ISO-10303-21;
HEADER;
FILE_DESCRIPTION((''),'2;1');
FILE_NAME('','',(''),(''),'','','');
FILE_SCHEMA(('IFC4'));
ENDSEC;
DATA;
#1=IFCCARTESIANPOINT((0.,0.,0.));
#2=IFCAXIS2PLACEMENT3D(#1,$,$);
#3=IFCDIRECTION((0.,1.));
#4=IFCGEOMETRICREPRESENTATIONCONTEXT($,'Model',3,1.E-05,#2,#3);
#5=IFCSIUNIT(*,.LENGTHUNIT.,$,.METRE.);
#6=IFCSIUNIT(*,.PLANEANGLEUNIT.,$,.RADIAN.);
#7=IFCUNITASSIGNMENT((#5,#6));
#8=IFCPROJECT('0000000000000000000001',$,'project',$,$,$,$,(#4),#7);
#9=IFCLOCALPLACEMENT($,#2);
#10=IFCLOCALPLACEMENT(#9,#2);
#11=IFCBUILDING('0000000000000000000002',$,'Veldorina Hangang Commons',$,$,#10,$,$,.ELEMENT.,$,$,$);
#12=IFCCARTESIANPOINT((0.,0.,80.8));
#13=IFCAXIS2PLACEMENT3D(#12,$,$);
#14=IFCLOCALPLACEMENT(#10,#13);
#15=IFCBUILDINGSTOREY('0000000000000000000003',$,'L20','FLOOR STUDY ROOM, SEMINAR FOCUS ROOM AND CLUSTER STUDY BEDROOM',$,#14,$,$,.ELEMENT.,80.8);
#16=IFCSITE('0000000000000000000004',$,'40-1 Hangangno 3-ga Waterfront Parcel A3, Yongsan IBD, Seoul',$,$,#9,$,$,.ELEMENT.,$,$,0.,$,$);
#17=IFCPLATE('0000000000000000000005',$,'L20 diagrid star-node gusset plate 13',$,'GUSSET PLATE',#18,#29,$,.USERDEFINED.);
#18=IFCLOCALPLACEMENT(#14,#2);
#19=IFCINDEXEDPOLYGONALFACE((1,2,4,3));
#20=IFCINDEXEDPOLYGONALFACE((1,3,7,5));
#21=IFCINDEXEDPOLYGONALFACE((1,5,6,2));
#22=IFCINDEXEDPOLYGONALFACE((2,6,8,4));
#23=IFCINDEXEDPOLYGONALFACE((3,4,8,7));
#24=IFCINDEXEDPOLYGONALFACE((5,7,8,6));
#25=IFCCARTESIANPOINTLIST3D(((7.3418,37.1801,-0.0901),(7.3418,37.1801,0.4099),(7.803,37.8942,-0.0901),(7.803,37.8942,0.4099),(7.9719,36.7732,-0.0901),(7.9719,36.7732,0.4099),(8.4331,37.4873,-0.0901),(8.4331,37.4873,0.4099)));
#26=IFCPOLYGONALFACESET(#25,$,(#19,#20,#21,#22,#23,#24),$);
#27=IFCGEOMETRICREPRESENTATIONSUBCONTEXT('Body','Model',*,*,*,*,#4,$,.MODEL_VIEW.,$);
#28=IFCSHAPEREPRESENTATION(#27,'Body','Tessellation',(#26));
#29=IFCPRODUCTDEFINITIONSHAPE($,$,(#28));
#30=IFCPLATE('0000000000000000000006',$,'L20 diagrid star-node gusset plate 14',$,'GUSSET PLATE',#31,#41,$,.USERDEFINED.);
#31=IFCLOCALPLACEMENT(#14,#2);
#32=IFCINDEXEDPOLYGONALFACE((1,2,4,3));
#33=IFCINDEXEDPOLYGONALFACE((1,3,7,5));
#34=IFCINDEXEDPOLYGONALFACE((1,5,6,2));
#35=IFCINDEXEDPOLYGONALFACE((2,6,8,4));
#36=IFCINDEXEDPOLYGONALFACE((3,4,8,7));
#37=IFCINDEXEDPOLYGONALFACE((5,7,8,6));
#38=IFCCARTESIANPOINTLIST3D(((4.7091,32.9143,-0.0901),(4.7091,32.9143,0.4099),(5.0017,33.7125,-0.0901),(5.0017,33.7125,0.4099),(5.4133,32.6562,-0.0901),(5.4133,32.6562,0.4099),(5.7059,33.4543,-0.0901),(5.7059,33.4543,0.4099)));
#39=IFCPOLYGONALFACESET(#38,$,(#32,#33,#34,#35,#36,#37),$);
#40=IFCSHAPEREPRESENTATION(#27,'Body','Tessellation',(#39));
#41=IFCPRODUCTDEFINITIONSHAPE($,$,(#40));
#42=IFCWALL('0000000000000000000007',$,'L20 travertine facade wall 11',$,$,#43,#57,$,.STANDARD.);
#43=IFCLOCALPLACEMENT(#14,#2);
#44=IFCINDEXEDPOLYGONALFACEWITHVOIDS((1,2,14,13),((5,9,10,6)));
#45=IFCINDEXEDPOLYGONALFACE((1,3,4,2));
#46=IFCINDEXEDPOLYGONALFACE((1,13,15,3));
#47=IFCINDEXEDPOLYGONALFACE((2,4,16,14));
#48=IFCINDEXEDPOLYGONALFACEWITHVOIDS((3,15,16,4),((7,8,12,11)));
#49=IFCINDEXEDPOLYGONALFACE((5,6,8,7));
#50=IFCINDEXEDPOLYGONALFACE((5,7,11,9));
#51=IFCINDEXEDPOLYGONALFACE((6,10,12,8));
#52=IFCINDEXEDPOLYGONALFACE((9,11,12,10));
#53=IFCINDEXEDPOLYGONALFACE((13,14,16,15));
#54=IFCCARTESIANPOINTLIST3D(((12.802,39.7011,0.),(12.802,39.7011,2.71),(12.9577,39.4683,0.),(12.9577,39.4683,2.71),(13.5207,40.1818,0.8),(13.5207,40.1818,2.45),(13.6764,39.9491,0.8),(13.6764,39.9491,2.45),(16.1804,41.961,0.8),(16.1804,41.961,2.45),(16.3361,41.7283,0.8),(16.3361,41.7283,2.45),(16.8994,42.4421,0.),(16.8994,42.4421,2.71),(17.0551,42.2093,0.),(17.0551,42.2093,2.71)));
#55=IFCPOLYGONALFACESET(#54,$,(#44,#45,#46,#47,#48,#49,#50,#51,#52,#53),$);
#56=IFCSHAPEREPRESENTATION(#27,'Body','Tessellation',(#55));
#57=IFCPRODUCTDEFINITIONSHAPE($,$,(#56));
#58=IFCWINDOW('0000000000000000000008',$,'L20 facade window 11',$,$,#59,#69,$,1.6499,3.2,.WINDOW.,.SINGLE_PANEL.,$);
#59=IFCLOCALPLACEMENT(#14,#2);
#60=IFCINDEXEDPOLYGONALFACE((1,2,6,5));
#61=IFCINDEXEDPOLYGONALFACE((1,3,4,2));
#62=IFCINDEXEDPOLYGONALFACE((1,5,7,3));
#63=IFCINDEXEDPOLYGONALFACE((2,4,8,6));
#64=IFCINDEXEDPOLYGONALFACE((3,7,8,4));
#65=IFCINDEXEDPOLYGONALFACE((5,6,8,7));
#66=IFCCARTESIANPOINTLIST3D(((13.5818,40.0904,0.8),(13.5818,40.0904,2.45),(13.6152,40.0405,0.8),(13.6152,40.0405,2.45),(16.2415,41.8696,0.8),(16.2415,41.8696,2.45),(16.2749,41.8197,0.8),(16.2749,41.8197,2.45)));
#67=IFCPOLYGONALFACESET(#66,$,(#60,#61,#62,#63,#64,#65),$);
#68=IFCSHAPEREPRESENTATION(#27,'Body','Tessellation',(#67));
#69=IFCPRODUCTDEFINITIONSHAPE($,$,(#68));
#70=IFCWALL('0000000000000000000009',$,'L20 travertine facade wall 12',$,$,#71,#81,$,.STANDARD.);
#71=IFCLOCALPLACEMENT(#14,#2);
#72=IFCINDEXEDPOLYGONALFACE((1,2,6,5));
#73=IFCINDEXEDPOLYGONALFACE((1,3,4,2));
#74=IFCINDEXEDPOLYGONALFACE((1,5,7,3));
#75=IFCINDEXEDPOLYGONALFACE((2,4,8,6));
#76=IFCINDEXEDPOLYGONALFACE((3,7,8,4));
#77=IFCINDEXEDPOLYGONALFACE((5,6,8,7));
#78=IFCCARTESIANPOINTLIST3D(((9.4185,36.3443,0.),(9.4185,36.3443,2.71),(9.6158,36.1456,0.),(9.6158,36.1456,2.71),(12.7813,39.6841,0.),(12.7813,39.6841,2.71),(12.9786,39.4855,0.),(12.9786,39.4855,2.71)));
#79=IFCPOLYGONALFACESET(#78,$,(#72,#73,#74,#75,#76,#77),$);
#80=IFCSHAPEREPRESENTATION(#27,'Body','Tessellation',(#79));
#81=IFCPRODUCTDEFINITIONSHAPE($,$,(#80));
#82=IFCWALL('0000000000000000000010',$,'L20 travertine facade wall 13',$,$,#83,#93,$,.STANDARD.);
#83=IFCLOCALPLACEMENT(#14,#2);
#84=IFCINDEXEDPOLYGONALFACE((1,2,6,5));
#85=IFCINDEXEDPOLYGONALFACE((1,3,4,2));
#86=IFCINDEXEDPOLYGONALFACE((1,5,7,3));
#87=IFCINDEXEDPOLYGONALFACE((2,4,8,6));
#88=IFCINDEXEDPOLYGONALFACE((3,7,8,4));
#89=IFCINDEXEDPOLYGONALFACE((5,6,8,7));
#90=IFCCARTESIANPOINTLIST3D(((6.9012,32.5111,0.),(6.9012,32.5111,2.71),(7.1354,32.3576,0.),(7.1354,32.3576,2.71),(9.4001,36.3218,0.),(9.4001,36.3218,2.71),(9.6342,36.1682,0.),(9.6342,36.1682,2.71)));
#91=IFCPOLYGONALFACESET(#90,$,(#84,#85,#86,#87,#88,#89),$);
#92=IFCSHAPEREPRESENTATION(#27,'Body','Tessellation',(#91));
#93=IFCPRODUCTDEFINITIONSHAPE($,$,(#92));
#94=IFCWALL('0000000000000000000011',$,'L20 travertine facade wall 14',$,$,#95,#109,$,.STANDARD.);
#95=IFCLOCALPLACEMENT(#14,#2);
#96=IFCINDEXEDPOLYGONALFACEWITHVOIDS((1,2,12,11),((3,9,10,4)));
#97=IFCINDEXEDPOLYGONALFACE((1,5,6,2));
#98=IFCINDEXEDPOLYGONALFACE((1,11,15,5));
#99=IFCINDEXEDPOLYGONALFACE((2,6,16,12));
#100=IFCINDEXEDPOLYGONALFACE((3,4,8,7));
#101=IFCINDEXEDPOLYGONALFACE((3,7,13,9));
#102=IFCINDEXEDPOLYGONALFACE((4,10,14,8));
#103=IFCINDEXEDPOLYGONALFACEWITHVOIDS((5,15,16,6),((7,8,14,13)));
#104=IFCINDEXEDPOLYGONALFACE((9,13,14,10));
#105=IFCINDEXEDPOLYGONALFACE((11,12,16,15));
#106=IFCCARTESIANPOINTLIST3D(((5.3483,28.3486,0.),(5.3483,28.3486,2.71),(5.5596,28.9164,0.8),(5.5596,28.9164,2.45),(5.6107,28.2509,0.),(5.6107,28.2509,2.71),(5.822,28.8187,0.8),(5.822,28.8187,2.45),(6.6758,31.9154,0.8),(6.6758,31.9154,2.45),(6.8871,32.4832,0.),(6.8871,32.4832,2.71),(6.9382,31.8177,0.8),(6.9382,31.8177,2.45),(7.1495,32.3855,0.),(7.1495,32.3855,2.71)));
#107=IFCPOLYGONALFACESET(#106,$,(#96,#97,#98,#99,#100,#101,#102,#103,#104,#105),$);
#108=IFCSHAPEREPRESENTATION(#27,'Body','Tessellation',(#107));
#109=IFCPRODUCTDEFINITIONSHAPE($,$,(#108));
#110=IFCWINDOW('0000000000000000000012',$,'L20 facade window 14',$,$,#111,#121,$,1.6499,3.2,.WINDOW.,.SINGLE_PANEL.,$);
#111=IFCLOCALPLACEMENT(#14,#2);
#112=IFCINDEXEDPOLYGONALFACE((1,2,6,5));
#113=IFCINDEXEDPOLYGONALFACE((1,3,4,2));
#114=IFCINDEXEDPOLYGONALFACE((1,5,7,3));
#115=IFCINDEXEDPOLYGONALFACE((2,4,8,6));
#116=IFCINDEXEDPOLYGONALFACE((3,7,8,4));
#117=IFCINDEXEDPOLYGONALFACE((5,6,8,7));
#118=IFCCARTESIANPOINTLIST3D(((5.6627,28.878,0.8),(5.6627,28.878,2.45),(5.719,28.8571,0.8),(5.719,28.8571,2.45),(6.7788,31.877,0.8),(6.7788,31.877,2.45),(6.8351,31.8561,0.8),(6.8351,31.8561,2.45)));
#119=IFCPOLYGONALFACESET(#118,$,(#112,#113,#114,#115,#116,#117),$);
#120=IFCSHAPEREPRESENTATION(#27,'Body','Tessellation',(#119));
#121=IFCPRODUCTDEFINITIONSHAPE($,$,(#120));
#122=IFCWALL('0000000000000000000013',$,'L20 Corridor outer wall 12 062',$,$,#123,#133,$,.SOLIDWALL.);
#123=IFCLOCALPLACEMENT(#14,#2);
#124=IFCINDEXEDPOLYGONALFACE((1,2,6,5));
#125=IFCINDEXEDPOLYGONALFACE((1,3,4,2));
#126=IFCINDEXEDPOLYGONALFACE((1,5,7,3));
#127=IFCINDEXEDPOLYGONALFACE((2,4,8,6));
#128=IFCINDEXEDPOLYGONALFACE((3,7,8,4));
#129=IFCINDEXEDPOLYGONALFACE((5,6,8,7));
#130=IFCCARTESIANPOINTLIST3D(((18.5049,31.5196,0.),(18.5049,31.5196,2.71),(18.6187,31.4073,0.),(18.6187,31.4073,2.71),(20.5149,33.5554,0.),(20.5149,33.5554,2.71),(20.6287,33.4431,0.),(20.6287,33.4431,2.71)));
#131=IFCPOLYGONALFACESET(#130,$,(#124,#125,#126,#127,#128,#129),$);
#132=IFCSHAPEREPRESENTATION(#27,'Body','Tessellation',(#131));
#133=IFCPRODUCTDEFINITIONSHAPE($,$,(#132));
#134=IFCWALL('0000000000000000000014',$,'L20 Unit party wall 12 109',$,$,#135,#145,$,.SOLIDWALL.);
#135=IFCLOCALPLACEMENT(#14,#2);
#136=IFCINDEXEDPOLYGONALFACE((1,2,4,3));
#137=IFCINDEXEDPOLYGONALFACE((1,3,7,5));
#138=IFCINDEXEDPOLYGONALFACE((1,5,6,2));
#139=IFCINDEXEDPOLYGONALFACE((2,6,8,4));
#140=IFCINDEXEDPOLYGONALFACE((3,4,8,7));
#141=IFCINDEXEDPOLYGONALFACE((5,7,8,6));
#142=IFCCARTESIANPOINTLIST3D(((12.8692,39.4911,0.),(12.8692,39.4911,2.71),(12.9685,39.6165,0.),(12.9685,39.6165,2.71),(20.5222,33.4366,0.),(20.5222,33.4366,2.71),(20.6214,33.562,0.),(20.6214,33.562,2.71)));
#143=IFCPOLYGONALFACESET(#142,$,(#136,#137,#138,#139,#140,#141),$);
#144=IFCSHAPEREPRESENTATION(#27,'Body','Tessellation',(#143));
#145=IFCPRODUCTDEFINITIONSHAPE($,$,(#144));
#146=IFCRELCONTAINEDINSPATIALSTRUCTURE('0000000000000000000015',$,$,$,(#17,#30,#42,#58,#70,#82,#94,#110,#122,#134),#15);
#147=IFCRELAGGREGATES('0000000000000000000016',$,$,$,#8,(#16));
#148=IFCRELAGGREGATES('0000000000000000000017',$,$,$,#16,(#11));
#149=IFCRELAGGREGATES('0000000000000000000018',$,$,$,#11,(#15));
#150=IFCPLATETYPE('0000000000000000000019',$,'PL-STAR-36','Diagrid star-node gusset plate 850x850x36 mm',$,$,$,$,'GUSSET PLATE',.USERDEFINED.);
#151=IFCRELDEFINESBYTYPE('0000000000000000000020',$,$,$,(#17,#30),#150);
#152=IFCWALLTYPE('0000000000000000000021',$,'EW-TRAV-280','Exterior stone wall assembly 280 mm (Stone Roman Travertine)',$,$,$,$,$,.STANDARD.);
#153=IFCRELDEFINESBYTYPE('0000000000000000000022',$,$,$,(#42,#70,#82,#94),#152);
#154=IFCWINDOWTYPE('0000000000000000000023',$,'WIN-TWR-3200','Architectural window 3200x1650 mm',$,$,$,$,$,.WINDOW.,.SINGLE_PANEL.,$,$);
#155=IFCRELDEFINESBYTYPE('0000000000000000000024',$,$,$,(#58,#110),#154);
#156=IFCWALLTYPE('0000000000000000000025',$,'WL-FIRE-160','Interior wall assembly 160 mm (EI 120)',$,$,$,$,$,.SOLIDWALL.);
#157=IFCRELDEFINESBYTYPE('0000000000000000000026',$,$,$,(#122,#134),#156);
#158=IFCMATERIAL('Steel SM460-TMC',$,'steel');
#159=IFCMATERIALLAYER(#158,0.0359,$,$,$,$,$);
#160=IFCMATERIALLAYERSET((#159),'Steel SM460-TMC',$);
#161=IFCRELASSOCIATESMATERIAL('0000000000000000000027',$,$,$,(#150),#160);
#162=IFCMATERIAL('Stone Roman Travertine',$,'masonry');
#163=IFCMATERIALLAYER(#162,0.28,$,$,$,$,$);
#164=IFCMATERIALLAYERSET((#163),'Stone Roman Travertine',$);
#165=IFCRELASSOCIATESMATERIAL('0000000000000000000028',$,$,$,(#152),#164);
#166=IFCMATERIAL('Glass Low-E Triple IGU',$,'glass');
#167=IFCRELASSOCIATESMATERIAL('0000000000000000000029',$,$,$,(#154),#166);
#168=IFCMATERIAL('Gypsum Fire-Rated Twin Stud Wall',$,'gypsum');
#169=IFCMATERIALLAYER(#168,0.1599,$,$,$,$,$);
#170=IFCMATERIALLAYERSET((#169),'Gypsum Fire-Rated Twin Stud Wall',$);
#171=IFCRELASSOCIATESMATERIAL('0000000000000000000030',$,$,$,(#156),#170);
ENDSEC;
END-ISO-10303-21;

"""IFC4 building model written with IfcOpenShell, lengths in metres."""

from ifc_helpers import new_model, si_unit, direction, frame, frame_2d, origin, origin_2d, place, context, subcontext, project, spatial, rectangle, extrude, material, layer, layer_set, type_object, element, fill, save


model = new_model("IFC4")

# Units and contexts
model_context = context("Model", 3, precision=1e-05, world=origin(), true_north=direction((0.0, 1.0)))
body_context = subcontext(model_context, "Body", "Model", "MODEL_VIEW")
ifc_project = project(units=[si_unit("LENGTHUNIT", "METRE"), si_unit("PLANEANGLEUNIT", "RADIAN")], contexts=[model_context])

# Site, building, storey
site_placement = place(None, origin())
site = spatial("IfcSite", under=ifc_project, at=site_placement, Name="40-1 Hangangno 3-ga Waterfront Parcel A3, Yongsan IBD, Seoul", CompositionType="ELEMENT", RefElevation=0.0)
building_placement = place(site_placement, origin())
building = spatial("IfcBuilding", under=site, at=building_placement, Name="Veldorina Hangang Commons", CompositionType="ELEMENT")
storey_placement = place(building_placement, frame((0.0, 0.0, 80.8)))
storey = spatial("IfcBuildingStorey", under=building, at=storey_placement, Name="L20", Description="FLOOR STUDY ROOM, SEMINAR FOCUS ROOM AND CLUSTER STUDY BEDROOM", CompositionType="ELEMENT", Elevation=80.8)

# Shared definitions
ifc_material_1 = material(Name="Steel SM460-TMC", Category="steel")

# Plates
ifc_layer_1 = layer(ifc_material_1, 0.0359)
ifc_layer_set_1 = layer_set([ifc_layer_1], Name="Steel SM460-TMC")
plate_type = type_object("IfcPlateType", Name="PL-STAR-36", Description="Diagrid star-node gusset plate 850x850x36 mm", ElementType="GUSSET PLATE", PredefinedType="USERDEFINED", material=ifc_layer_set_1)
for number, where, z_axis, x_axis, name in (
    (1, (7.8875, 37.3337, -0.0901), (0.0, 0.0, 1.0), (-0.542544, -0.840027, 0.0), "L20 diagrid star-node gusset plate 13"),
    (2, (5.2075, 33.1843, -0.0901), (0.0, 0.0, 1.0), (-0.344168, -0.938908, 0.0), "L20 diagrid star-node gusset plate 14"),
):
    element("IfcPlate", number, at=place(storey_placement, frame(where, z_axis=z_axis, x_axis=x_axis)), inside=storey, type_object=plate_type, Name=name, ObjectType="GUSSET PLATE", PredefinedType="USERDEFINED", context=body_context, shape_type="SweptSolid", body=[
        extrude(rectangle(XDim=0.8501, YDim=0.75, at=origin_2d()), origin(), (0.0, 0.0, 1.0), 0.5),
    ])

# Wall, opening, window
ifc_material_2 = material(Name="Stone Roman Travertine", Category="masonry")
ifc_layer_2 = layer(ifc_material_2, 0.28)
ifc_layer_set_2 = layer_set([ifc_layer_2], Name="Stone Roman Travertine")
wall_type_1 = type_object("IfcWallType", Name="EW-TRAV-280", Description="Exterior stone wall assembly 280 mm (Stone Roman Travertine)", PredefinedType="STANDARD", material=ifc_layer_set_2)
wall_1_placement = place(storey_placement, frame((16.9773, 42.3257, 0.0), z_axis=(0.0, 0.0, 1.0), x_axis=(-0.831173, -0.556014, 0.0)))
wall_1 = element("IfcWall", 3, at=wall_1_placement, inside=storey, type_object=wall_type_1, Name="L20 travertine facade wall 11", PredefinedType="STANDARD", context=body_context, shape_type="SweptSolid", body=[
    extrude(rectangle(XDim=4.9297, YDim=0.28, at=frame_2d((2.4648, 0.0))), origin(), (0.0, 0.0, 1.0), 2.71),
])
opening_1_placement = place(wall_1_placement, frame((0.865, 0.0, 0.8)))
opening_1 = element("IfcOpeningElement", 4, at=opening_1_placement, cuts=wall_1, PredefinedType="OPENING", context=body_context, shape_type="SweptSolid", body=[
    extrude(rectangle(XDim=3.2, YDim=1.6499, at=frame_2d((1.6001, 0.825))), frame((0.0, 0.1499, 0.0), z_axis=(0.0, -1.0, 0.0), x_axis=(1.0, 0.0, 0.0)), (0.0, 0.0, 1.0), 0.3),
])
ifc_material_3 = material(Name="Glass Low-E Triple IGU", Category="glass")
window_type = type_object("IfcWindowType", Name="WIN-TWR-3200", Description="Architectural window 3200x1650 mm", PartitioningType="SINGLE_PANEL", PredefinedType="WINDOW", material=ifc_material_3)
window_1_placement = place(opening_1_placement, origin())
window_1 = element("IfcWindow", 5, at=window_1_placement, inside=storey, type_object=window_type, Name="L20 facade window 11", OverallHeight=1.6499, OverallWidth=3.2, PartitioningType="SINGLE_PANEL", PredefinedType="WINDOW", context=body_context, shape_type="SweptSolid", body=[
    extrude(rectangle(XDim=3.2, YDim=1.6499, at=frame_2d((1.6001, 0.825))), frame((0.0, 0.03, 0.0), z_axis=(0.0, -1.0, 0.0), x_axis=(1.0, 0.0, 0.0)), (0.0, 0.0, 1.0), 0.0601),
])
fill(opening_1, window_1)

# Walls
wall_2_placement = place(storey_placement, frame((12.8799, 39.5847, 0.0), z_axis=(0.0, 0.0, 1.0), x_axis=(-0.709524, -0.704682, 0.0)))
element("IfcWall", 6, at=wall_2_placement, inside=storey, type_object=wall_type_1, Name="L20 travertine facade wall 12", PredefinedType="STANDARD", context=body_context, shape_type="SweptSolid", body=[
    extrude(rectangle(XDim=4.7395, YDim=0.28, at=frame_2d((2.3696, 0.0))), origin(), (0.0, 0.0, 1.0), 2.71),
])
wall_3_placement = place(storey_placement, frame((9.5171, 36.2449, 0.0), z_axis=(0.0, 0.0, 1.0), x_axis=(-0.548366, -0.836238, 0.0)))
element("IfcWall", 7, at=wall_3_placement, inside=storey, type_object=wall_type_1, Name="L20 travertine facade wall 13", PredefinedType="STANDARD", context=body_context, shape_type="SweptSolid", body=[
    extrude(rectangle(XDim=4.5569, YDim=0.28, at=frame_2d((2.2783, 0.0))), origin(), (0.0, 0.0, 1.0), 2.71),
])

# Wall, opening, window
wall_4_placement = place(storey_placement, frame((7.0183, 32.4343, 0.0), z_axis=(0.0, 0.0, 1.0), x_axis=(-0.348812, -0.937193, 0.0)))
wall_4 = element("IfcWall", 8, at=wall_4_placement, inside=storey, type_object=wall_type_1, Name="L20 travertine facade wall 14", PredefinedType="STANDARD", context=body_context, shape_type="SweptSolid", body=[
    extrude(rectangle(XDim=4.4116, YDim=0.28, at=frame_2d((2.2058, 0.0))), origin(), (0.0, 0.0, 1.0), 2.71),
])
opening_2_placement = place(wall_4_placement, frame((0.6057, 0.0, 0.8)))
opening_2 = element("IfcOpeningElement", 9, at=opening_2_placement, cuts=wall_4, PredefinedType="OPENING", context=body_context, shape_type="SweptSolid", body=[
    extrude(rectangle(XDim=3.2, YDim=1.6499, at=frame_2d((1.6001, 0.825))), frame((0.0, 0.1499, 0.0), z_axis=(0.0, -1.0, 0.0), x_axis=(1.0, 0.0, 0.0)), (0.0, 0.0, 1.0), 0.3),
])
window_2_placement = place(opening_2_placement, origin())
window_2 = element("IfcWindow", 10, at=window_2_placement, inside=storey, type_object=window_type, Name="L20 facade window 14", OverallHeight=1.6499, OverallWidth=3.2, PartitioningType="SINGLE_PANEL", PredefinedType="WINDOW", context=body_context, shape_type="SweptSolid", body=[
    extrude(rectangle(XDim=3.2, YDim=1.6499, at=frame_2d((1.6001, 0.825))), frame((0.0, 0.03, 0.0), z_axis=(0.0, -1.0, 0.0), x_axis=(1.0, 0.0, 0.0)), (0.0, 0.0, 1.0), 0.0601),
])
fill(opening_2, window_2)

# Walls
ifc_material_4 = material(Name="Gypsum Fire-Rated Twin Stud Wall", Category="gypsum")
ifc_layer_3 = layer(ifc_material_4, 0.1599)
ifc_layer_set_3 = layer_set([ifc_layer_3], Name="Gypsum Fire-Rated Twin Stud Wall")
wall_type_2 = type_object("IfcWallType", Name="WL-FIRE-160", Description="Interior wall assembly 160 mm (EI 120)", PredefinedType="SOLIDWALL", material=ifc_layer_set_3)
wall_5_placement = place(storey_placement, frame((20.5718, 33.4993, 0.0), z_axis=(0.0, 0.0, 1.0), x_axis=(-0.70257, -0.711615, 0.0)))
element("IfcWall", 11, at=wall_5_placement, inside=storey, type_object=wall_type_2, Name="L20 Corridor outer wall 12 062", PredefinedType="SOLIDWALL", context=body_context, shape_type="SweptSolid", body=[
    extrude(rectangle(XDim=2.8608, YDim=0.1599, at=frame_2d((1.4304, 0.0))), origin(), (0.0, 0.0, 1.0), 2.71),
])
wall_6_placement = place(storey_placement, frame((20.5718, 33.4993, 0.0), z_axis=(0.0, 0.0, 1.0), x_axis=(-0.784248, 0.620448, 0.0)))
element("IfcWall", 12, at=wall_6_placement, inside=storey, type_object=wall_type_2, Name="L20 Unit party wall 12 109", PredefinedType="SOLIDWALL", context=body_context, shape_type="SweptSolid", body=[
    extrude(rectangle(XDim=9.7583, YDim=0.1599, at=frame_2d((4.8792, 0.0))), origin(), (0.0, 0.0, 1.0), 2.71),
])

save(model, "model.ifc")
